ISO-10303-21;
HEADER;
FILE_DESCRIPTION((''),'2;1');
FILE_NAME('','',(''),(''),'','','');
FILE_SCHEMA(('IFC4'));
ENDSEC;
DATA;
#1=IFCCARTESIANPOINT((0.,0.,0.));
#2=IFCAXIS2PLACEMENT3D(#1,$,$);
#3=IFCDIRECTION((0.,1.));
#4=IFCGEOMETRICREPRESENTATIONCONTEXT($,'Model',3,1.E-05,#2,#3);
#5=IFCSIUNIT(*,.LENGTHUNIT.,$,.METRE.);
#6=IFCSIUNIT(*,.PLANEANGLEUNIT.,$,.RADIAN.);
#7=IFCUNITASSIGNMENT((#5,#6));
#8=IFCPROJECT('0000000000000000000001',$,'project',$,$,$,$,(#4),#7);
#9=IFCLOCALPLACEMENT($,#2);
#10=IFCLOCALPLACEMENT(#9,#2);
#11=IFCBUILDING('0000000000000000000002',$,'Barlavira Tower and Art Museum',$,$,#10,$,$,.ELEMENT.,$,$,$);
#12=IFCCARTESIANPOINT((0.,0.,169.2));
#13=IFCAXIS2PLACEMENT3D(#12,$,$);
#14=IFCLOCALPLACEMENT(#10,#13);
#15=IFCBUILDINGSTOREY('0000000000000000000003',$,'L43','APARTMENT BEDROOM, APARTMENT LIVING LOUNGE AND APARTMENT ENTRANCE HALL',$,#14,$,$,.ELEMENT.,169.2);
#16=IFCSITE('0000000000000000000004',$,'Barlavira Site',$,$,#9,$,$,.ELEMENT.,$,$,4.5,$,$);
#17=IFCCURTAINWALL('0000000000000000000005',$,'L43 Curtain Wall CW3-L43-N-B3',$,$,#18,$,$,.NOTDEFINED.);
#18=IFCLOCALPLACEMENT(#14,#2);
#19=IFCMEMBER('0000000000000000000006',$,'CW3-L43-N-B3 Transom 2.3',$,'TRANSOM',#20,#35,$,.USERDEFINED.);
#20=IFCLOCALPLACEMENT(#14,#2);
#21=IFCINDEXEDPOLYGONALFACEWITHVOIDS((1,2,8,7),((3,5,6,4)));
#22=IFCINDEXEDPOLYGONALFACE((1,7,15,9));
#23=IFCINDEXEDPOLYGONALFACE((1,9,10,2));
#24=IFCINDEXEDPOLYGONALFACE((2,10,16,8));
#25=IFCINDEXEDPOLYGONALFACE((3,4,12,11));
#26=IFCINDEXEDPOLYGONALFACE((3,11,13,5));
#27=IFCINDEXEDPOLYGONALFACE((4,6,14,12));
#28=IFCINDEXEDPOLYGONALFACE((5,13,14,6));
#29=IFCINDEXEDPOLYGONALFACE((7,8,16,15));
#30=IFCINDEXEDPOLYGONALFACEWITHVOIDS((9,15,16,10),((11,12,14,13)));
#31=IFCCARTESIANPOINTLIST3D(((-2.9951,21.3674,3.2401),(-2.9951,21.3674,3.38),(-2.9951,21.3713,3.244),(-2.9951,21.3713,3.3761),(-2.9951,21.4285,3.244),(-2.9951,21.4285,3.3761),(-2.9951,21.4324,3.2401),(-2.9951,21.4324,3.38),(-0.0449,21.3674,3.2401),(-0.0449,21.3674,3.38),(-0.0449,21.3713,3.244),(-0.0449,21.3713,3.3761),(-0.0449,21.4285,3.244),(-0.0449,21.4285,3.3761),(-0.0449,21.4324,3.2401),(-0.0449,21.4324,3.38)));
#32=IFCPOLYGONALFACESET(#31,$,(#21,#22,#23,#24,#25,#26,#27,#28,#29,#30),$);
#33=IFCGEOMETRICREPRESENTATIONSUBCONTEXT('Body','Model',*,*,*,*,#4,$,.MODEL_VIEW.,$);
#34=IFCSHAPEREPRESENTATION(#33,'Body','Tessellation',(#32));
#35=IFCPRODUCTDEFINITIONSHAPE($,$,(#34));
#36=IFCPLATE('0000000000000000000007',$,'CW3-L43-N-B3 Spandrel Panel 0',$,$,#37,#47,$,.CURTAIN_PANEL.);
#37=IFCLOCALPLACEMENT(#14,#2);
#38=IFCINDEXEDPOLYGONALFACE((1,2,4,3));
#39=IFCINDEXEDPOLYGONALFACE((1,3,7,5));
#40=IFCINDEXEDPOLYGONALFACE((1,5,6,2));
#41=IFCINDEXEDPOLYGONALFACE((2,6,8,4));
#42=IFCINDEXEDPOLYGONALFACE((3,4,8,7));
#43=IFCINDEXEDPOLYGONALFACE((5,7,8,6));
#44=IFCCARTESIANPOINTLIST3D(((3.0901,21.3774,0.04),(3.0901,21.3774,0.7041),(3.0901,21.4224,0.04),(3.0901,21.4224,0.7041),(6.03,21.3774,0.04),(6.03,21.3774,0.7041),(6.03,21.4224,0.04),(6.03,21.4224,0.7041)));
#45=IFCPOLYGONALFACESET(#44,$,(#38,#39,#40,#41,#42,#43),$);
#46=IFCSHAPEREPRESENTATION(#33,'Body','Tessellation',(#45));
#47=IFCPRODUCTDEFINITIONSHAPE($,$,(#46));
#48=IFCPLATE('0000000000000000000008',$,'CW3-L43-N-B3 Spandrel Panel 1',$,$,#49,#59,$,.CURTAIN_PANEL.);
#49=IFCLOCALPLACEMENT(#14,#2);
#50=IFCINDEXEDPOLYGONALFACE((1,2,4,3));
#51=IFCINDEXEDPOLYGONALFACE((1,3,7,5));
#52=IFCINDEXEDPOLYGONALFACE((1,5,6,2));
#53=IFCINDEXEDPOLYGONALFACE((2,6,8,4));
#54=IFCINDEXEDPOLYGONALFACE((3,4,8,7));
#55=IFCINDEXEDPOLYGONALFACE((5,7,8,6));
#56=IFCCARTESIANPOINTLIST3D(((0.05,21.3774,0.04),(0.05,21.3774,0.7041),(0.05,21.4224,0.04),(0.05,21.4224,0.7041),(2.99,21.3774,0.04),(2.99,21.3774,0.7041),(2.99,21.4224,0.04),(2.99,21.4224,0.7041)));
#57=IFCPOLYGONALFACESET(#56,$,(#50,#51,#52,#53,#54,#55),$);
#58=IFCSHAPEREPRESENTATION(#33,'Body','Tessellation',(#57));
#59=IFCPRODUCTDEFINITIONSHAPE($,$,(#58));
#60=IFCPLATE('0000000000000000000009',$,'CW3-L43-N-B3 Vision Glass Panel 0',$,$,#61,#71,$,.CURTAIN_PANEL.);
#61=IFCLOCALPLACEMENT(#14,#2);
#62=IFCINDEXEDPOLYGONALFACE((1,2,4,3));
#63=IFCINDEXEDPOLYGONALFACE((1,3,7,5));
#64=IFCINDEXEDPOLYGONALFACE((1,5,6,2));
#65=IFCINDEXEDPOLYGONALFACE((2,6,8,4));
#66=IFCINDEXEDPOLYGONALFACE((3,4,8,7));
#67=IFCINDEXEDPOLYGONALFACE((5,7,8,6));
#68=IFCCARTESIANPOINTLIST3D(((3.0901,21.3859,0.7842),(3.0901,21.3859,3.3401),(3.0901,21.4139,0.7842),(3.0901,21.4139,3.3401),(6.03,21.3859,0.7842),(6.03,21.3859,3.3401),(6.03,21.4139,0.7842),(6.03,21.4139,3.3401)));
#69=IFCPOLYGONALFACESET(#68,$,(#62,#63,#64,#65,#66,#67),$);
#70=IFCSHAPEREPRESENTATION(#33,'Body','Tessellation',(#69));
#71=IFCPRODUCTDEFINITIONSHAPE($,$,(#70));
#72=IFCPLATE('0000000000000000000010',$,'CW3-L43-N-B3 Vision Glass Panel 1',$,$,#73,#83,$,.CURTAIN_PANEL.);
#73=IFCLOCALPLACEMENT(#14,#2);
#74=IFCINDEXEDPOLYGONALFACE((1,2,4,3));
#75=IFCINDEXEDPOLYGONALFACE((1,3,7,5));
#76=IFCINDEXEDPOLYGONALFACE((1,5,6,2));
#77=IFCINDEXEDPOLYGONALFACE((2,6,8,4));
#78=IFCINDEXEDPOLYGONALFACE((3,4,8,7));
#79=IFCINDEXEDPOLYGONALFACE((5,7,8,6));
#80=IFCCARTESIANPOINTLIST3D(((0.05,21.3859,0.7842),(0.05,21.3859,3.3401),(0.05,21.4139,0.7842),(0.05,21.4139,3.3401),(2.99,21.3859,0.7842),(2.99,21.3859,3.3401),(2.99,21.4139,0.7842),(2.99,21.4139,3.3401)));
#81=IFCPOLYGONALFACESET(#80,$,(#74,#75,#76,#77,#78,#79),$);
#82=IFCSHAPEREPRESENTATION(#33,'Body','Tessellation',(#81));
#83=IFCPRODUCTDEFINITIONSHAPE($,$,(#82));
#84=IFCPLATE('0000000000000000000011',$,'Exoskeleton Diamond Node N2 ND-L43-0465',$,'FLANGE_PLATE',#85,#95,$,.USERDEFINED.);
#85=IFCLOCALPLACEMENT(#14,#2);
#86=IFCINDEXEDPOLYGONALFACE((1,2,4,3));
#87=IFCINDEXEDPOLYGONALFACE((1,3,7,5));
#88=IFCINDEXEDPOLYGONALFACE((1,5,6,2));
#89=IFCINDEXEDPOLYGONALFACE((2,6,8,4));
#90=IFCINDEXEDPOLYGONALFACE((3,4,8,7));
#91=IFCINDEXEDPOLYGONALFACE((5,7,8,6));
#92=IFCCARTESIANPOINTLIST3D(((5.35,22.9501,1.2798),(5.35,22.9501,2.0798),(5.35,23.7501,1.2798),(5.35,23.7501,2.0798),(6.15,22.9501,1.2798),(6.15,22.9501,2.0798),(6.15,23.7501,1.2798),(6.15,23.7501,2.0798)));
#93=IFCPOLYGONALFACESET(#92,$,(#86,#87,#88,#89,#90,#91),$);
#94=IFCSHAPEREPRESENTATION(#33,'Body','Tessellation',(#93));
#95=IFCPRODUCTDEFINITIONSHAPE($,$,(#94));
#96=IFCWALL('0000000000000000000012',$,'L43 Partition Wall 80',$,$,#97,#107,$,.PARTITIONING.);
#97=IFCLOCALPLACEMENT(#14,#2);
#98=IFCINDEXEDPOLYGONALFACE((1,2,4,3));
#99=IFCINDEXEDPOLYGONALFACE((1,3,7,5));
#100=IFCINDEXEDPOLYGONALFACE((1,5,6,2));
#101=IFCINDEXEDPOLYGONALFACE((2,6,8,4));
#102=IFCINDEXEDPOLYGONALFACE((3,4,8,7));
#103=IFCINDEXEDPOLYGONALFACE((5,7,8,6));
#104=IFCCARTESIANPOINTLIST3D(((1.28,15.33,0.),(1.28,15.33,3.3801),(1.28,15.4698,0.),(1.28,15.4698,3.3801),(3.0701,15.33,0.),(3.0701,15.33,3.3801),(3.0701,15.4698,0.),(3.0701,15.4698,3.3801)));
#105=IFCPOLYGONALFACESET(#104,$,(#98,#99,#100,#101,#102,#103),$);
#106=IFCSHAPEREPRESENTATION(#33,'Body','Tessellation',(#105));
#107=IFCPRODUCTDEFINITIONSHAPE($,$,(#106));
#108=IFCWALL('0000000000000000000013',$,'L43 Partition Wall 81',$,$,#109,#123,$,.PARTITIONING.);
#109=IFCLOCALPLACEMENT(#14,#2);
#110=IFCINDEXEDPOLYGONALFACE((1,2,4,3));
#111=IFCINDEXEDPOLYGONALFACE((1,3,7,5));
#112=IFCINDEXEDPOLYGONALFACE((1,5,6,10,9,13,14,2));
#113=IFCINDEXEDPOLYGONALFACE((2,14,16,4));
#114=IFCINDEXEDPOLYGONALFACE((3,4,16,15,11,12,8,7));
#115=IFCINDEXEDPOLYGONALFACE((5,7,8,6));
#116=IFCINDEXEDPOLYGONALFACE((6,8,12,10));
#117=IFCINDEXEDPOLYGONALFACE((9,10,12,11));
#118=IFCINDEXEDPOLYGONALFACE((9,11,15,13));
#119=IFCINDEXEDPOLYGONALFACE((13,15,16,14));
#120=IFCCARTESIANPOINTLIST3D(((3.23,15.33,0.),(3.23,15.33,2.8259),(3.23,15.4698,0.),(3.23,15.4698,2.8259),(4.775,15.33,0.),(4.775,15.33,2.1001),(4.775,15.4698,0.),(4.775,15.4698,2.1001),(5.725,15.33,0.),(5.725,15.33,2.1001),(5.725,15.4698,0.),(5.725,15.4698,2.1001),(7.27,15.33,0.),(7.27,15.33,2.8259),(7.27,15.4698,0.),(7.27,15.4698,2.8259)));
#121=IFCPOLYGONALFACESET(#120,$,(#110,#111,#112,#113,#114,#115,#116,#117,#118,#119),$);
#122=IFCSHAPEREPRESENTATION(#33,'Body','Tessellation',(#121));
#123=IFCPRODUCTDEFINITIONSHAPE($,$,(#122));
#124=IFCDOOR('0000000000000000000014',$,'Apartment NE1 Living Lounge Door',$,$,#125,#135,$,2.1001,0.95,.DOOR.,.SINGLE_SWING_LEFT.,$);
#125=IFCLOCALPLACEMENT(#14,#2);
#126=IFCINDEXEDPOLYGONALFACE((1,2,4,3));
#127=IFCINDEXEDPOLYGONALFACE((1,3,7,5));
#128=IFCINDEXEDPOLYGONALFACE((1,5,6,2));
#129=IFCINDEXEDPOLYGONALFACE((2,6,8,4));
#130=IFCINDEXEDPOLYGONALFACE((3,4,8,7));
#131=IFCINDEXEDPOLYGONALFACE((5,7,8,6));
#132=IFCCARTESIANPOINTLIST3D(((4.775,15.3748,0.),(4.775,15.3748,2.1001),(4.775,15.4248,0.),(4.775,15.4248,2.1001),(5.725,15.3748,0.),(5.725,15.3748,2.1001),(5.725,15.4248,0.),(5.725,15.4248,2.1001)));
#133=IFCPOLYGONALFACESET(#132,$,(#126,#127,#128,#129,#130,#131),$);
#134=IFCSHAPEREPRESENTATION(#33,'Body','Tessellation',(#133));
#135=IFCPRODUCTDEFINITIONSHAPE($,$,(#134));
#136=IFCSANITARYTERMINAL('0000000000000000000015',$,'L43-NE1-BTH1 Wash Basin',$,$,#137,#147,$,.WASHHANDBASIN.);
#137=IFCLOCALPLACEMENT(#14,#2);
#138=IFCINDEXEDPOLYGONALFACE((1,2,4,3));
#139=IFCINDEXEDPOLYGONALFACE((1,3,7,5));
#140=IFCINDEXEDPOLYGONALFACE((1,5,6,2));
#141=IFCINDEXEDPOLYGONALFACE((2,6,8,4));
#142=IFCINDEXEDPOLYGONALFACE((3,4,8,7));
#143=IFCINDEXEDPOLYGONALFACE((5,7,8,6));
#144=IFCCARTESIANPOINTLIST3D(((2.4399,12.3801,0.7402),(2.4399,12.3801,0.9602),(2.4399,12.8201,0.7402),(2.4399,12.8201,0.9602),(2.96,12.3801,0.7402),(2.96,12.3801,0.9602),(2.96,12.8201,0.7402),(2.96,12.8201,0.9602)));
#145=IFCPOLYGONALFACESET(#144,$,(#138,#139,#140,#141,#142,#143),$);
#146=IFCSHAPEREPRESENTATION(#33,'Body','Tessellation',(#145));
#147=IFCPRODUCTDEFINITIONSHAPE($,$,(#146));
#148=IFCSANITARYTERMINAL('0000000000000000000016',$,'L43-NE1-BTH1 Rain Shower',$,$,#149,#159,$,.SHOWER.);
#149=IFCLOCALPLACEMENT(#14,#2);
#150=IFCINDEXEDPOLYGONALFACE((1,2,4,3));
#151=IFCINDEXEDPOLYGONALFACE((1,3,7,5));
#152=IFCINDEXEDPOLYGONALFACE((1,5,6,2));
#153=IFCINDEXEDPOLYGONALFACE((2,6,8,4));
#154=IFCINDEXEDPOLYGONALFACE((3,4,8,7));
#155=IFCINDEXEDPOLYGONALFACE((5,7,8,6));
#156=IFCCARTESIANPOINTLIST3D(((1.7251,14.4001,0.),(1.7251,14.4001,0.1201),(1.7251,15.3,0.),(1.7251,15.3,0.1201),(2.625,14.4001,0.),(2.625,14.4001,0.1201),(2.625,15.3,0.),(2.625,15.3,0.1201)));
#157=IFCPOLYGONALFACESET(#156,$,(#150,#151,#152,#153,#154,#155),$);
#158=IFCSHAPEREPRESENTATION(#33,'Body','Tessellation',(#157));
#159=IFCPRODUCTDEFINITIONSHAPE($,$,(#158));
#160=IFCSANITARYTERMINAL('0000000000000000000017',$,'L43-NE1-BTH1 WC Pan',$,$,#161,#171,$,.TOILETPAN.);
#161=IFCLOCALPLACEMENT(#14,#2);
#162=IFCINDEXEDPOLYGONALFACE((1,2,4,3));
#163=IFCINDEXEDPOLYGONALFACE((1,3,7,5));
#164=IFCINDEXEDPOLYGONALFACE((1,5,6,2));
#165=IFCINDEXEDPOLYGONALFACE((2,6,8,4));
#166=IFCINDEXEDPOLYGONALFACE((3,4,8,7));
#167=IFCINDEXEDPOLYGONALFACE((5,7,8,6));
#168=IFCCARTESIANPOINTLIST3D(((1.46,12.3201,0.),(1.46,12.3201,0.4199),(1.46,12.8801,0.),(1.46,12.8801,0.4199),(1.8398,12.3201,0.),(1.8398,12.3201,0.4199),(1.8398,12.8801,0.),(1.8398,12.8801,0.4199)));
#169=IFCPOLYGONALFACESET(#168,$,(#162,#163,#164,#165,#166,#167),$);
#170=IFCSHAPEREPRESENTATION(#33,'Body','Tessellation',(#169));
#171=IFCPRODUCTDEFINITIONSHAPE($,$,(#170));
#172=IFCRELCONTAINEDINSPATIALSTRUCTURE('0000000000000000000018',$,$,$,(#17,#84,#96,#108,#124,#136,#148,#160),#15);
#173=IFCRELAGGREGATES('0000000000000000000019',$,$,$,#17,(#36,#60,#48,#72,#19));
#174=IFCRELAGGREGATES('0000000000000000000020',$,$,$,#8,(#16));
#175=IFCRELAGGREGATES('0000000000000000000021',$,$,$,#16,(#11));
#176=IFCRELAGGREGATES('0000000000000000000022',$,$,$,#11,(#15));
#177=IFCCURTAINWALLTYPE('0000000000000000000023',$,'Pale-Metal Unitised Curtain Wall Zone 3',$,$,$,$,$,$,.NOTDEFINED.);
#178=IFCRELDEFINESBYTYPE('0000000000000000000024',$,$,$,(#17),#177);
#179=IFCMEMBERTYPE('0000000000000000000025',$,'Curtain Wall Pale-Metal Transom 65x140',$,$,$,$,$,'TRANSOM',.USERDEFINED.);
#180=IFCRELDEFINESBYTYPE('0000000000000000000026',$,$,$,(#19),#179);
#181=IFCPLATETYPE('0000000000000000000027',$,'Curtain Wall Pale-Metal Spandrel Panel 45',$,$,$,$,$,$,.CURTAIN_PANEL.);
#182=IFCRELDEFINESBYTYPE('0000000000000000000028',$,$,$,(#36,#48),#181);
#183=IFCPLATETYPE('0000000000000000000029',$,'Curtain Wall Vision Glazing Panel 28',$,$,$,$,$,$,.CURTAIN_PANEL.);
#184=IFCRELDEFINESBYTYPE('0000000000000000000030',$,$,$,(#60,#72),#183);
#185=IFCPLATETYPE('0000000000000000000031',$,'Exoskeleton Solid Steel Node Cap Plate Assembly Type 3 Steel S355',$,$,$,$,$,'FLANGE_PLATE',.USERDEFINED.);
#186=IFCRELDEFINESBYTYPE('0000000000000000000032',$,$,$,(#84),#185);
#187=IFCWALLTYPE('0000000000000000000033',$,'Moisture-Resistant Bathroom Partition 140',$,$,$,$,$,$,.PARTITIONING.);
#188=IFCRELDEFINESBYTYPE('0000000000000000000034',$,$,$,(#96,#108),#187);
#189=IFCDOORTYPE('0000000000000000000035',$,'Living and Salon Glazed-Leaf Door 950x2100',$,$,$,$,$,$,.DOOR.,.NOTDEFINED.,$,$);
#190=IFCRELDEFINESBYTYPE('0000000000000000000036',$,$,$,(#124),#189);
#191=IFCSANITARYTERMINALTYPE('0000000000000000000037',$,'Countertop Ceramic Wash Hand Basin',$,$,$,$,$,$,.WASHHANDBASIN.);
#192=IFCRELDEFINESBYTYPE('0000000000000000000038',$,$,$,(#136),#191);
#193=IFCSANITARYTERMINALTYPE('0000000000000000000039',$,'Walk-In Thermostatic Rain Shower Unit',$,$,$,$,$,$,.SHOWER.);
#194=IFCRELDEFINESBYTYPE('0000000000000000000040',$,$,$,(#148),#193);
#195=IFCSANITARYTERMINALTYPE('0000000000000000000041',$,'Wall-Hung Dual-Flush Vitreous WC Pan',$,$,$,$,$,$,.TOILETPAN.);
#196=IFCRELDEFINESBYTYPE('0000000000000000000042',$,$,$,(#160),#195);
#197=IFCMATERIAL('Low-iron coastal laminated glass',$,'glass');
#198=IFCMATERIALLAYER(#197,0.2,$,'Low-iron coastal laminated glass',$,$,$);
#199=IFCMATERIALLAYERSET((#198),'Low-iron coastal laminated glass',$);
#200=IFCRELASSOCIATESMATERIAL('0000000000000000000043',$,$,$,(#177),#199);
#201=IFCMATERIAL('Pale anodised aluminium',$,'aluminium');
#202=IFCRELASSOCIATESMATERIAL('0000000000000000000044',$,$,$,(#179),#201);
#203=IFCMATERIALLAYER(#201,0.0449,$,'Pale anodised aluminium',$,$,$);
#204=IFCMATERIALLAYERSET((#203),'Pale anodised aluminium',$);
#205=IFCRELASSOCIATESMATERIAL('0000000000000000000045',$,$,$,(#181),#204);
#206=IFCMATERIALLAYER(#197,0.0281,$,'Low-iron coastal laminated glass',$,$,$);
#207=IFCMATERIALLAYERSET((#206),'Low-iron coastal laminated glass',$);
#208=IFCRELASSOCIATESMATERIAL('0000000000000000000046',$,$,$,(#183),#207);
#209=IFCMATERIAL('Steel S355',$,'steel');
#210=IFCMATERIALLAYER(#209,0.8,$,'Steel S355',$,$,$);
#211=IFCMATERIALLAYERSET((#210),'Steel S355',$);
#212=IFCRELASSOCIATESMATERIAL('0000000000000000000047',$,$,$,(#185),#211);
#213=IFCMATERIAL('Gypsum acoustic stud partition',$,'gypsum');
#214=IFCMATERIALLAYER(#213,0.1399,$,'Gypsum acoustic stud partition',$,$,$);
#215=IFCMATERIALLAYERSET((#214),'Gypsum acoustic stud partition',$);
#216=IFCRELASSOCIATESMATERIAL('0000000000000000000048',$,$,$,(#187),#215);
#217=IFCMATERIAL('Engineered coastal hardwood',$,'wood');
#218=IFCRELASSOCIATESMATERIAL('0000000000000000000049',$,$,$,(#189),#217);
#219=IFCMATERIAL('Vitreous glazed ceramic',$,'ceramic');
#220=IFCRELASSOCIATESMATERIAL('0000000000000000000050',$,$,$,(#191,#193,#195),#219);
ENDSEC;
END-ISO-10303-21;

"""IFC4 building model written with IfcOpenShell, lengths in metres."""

from ifc_helpers import new_model, si_unit, direction, frame, frame_2d, origin, origin_2d, place, context, subcontext, project, spatial, rectangle, hollow_rectangle, extrude, material, layer, layer_set, material_profile, profile_set, type_object, element, fill, aggregate, save


model = new_model("IFC4")

# Units and contexts
model_context = context("Model", 3, precision=1e-05, world=origin(), true_north=direction((0.0, 1.0)))
body_context = subcontext(model_context, "Body", "Model", "MODEL_VIEW")
ifc_project = project(units=[si_unit("LENGTHUNIT", "METRE"), si_unit("PLANEANGLEUNIT", "RADIAN")], contexts=[model_context])

# Site, building, storey
site_placement = place(None, origin())
site = spatial("IfcSite", under=ifc_project, at=site_placement, Name="Barlavira Site", CompositionType="ELEMENT", RefElevation=4.5)
building_placement = place(site_placement, origin())
building = spatial("IfcBuilding", under=site, at=building_placement, Name="Barlavira Tower and Art Museum", CompositionType="ELEMENT")
storey_placement = place(building_placement, frame((0.0, 0.0, 169.2)))
storey = spatial("IfcBuildingStorey", under=building, at=storey_placement, Name="L43", Description="APARTMENT BEDROOM, APARTMENT LIVING LOUNGE AND APARTMENT ENTRANCE HALL", CompositionType="ELEMENT", Elevation=169.2)

# Curtain wall, member, plates
ifc_material_1 = material(Name="Low-iron coastal laminated glass", Category="glass")
ifc_layer_1 = layer(ifc_material_1, 0.2, Name="Low-iron coastal laminated glass")
ifc_layer_set_1 = layer_set([ifc_layer_1], Name="Low-iron coastal laminated glass")
curtain_wall_type = type_object("IfcCurtainWallType", Name="Pale-Metal Unitised Curtain Wall Zone 3", PredefinedType="NOTDEFINED", material=ifc_layer_set_1)
curtain_wall_placement = place(storey_placement, origin())
curtain_wall = element("IfcCurtainWall", 1, at=curtain_wall_placement, inside=storey, type_object=curtain_wall_type, Name="L43 Curtain Wall CW3-L43-N-B3", PredefinedType="NOTDEFINED")
ifc_material_2 = material(Name="Pale anodised aluminium", Category="aluminium")
ifc_material_profile_1 = material_profile(ifc_material_2, hollow_rectangle(XDim=0.0649, YDim=0.1399, WallThickness=0.0039, at=origin_2d()), Name="ALU-TRAN 65x140x4")
ifc_profile_set_1 = profile_set([ifc_material_profile_1], Name="Pale anodised aluminium")
member_type_1 = type_object("IfcMemberType", Name="Curtain Wall Pale-Metal Transom 65x140", ElementType="TRANSOM", PredefinedType="USERDEFINED", material=ifc_profile_set_1)
member_1_placement = place(storey_placement, frame((-0.0449, 21.3999, 3.3101), z_axis=(-1.0, 0.0, 0.0), x_axis=(0.0, -1.0, 0.0)))
member_1 = element("IfcMember", 2, at=member_1_placement, type_object=member_type_1, Name="CW3-L43-N-B3 Transom 2.3", ObjectType="TRANSOM", PredefinedType="USERDEFINED", context=body_context, shape_type="SweptSolid", body=[
    extrude(hollow_rectangle(XDim=0.0649, YDim=0.1399, WallThickness=0.0039, at=origin_2d()), origin(), (0.0, 0.0, 1.0), 2.9502),
])
ifc_layer_2 = layer(ifc_material_2, 0.0449, Name="Pale anodised aluminium")
ifc_layer_set_2 = layer_set([ifc_layer_2], Name="Pale anodised aluminium")
plate_type_1 = type_object("IfcPlateType", Name="Curtain Wall Pale-Metal Spandrel Panel 45", PredefinedType="CURTAIN_PANEL", material=ifc_layer_set_2)
plate_1_placement = place(storey_placement, frame((4.5601, 21.3999, 0.04), z_axis=(0.0, 0.0, 1.0), x_axis=(-1.0, 0.0, 0.0)))
plate_1 = element("IfcPlate", 3, at=plate_1_placement, type_object=plate_type_1, Name="CW3-L43-N-B3 Spandrel Panel 0", PredefinedType="CURTAIN_PANEL", context=body_context, shape_type="SweptSolid", body=[
    extrude(rectangle(XDim=2.9399, YDim=0.0449, at=origin_2d()), origin(), (0.0, 0.0, 1.0), 0.6641),
])
plate_2_placement = place(storey_placement, frame((1.52, 21.3999, 0.04), z_axis=(0.0, 0.0, 1.0), x_axis=(-1.0, 0.0, 0.0)))
plate_2 = element("IfcPlate", 4, at=plate_2_placement, type_object=plate_type_1, Name="CW3-L43-N-B3 Spandrel Panel 1", PredefinedType="CURTAIN_PANEL", context=body_context, shape_type="SweptSolid", body=[
    extrude(rectangle(XDim=2.9399, YDim=0.0449, at=origin_2d()), origin(), (0.0, 0.0, 1.0), 0.6641),
])
ifc_layer_3 = layer(ifc_material_1, 0.0281, Name="Low-iron coastal laminated glass")
ifc_layer_set_3 = layer_set([ifc_layer_3], Name="Low-iron coastal laminated glass")
plate_type_2 = type_object("IfcPlateType", Name="Curtain Wall Vision Glazing Panel 28", PredefinedType="CURTAIN_PANEL", material=ifc_layer_set_3)
plate_3_placement = place(storey_placement, frame((4.5601, 21.3999, 0.7842), z_axis=(0.0, 0.0, 1.0), x_axis=(-1.0, 0.0, 0.0)))
plate_3 = element("IfcPlate", 5, at=plate_3_placement, type_object=plate_type_2, Name="CW3-L43-N-B3 Vision Glass Panel 0", PredefinedType="CURTAIN_PANEL", context=body_context, shape_type="SweptSolid", body=[
    extrude(rectangle(XDim=2.9399, YDim=0.0281, at=origin_2d()), origin(), (0.0, 0.0, 1.0), 2.5559),
])
plate_4_placement = place(storey_placement, frame((1.52, 21.3999, 0.7842), z_axis=(0.0, 0.0, 1.0), x_axis=(-1.0, 0.0, 0.0)))
plate_4 = element("IfcPlate", 6, at=plate_4_placement, type_object=plate_type_2, Name="CW3-L43-N-B3 Vision Glass Panel 1", PredefinedType="CURTAIN_PANEL", context=body_context, shape_type="SweptSolid", body=[
    extrude(rectangle(XDim=2.9399, YDim=0.0281, at=origin_2d()), origin(), (0.0, 0.0, 1.0), 2.5559),
])
aggregate(curtain_wall, [plate_1, plate_3, plate_2, plate_4, member_1])

# Plate
ifc_material_3 = material(Name="Steel S355", Category="steel")
ifc_layer_4 = layer(ifc_material_3, 0.8, Name="Steel S355")
ifc_layer_set_4 = layer_set([ifc_layer_4], Name="Steel S355")
plate_type_3 = type_object("IfcPlateType", Name="Exoskeleton Solid Steel Node Cap Plate Assembly Type 3 Steel S355", ElementType="FLANGE_PLATE", PredefinedType="USERDEFINED", material=ifc_layer_set_4)
plate_5_placement = place(storey_placement, frame((5.75, 23.3501, 1.2798), z_axis=(0.0, 0.0, 1.0), x_axis=(1.0, 0.0, 0.0)))
element("IfcPlate", 7, at=plate_5_placement, inside=storey, type_object=plate_type_3, Name="Exoskeleton Diamond Node N2 ND-L43-0465", ObjectType="FLANGE_PLATE", PredefinedType="USERDEFINED", context=body_context, shape_type="SweptSolid", body=[
    extrude(rectangle(XDim=0.8, YDim=0.8, at=origin_2d()), origin(), (0.0, 0.0, 1.0), 0.8),
])

# Shared definitions
ifc_material_4 = material(Name="Gypsum acoustic stud partition", Category="gypsum")

# Wall
ifc_layer_5 = layer(ifc_material_4, 0.1399, Name="Gypsum acoustic stud partition")
ifc_layer_set_5 = layer_set([ifc_layer_5], Name="Gypsum acoustic stud partition")
wall_type_1 = type_object("IfcWallType", Name="Moisture-Resistant Bathroom Partition 140", PredefinedType="PARTITIONING", material=ifc_layer_set_5)
wall_1_placement = place(storey_placement, frame((1.28, 15.3999, 0.0), z_axis=(0.0, 0.0, 1.0), x_axis=(1.0, 0.0, 0.0)))
element("IfcWall", 8, at=wall_1_placement, inside=storey, type_object=wall_type_1, Name="L43 Partition Wall 80", PredefinedType="PARTITIONING", context=body_context, shape_type="SweptSolid", body=[
    extrude(rectangle(XDim=1.79, YDim=0.1399, at=frame_2d((0.895, 0.0))), origin(), (0.0, 0.0, 1.0), 3.3801),
])

# Wall, opening, door
wall_2_placement = place(storey_placement, frame((3.23, 15.3999, 0.0), z_axis=(0.0, 0.0, 1.0), x_axis=(1.0, 0.0, 0.0)))
wall_2 = element("IfcWall", 9, at=wall_2_placement, inside=storey, type_object=wall_type_1, Name="L43 Partition Wall 81", PredefinedType="PARTITIONING", context=body_context, shape_type="SweptSolid", body=[
    extrude(rectangle(XDim=4.04, YDim=0.1399, at=frame_2d((2.02, 0.0))), origin(), (0.0, 0.0, 1.0), 2.8259),
])
opening_1_placement = place(wall_2_placement, frame((1.5449, 0.0, 0.0)))
opening_1 = element("IfcOpeningElement", 10, at=opening_1_placement, cuts=wall_2, PredefinedType="OPENING", context=body_context, shape_type="SweptSolid", body=[
    extrude(rectangle(XDim=0.95, YDim=2.1001, at=frame_2d((0.4751, 1.05))), frame((0.0, 0.0801, 0.0), z_axis=(0.0, -1.0, 0.0), x_axis=(1.0, 0.0, 0.0)), (0.0, 0.0, 1.0), 0.1599),
])
ifc_material_5 = material(Name="Engineered coastal hardwood", Category="wood")
door_type_1 = type_object("IfcDoorType", Name="Living and Salon Glazed-Leaf Door 950x2100", OperationType="NOTDEFINED", PredefinedType="DOOR", material=ifc_material_5)
door_1_placement = place(opening_1_placement, origin())
door_1 = element("IfcDoor", 11, at=door_1_placement, inside=storey, type_object=door_type_1, Name="Apartment NE1 Living Lounge Door", OperationType="SINGLE_SWING_LEFT", OverallHeight=2.1001, OverallWidth=0.95, PredefinedType="DOOR", context=body_context, shape_type="SweptSolid", body=[
    extrude(rectangle(XDim=0.95, YDim=2.1001, at=frame_2d((0.4751, 1.05))), frame((0.0, 0.0249, 0.0), z_axis=(0.0, -1.0, 0.0), x_axis=(1.0, 0.0, 0.0)), (0.0, 0.0, 1.0), 0.05),
])
fill(opening_1, door_1)

# Sanitary terminals
ifc_material_6 = material(Name="Vitreous glazed ceramic", Category="ceramic")
sanitary_terminal_type_1 = type_object("IfcSanitaryTerminalType", Name="Countertop Ceramic Wash Hand Basin", PredefinedType="WASHHANDBASIN", material=ifc_material_6)
sanitary_terminal_1_placement = place(storey_placement, frame((2.7, 12.6001, 0.7402), z_axis=(0.0, 0.0, 1.0), x_axis=(1.0, 0.0, 0.0)))
element("IfcSanitaryTerminal", 12, at=sanitary_terminal_1_placement, inside=storey, type_object=sanitary_terminal_type_1, Name="L43-NE1-BTH1 Wash Basin", PredefinedType="WASHHANDBASIN", context=body_context, shape_type="SweptSolid", body=[
    extrude(rectangle(XDim=0.52, YDim=0.4399, at=origin_2d()), origin(), (0.0, 0.0, 1.0), 0.22),
])
sanitary_terminal_type_2 = type_object("IfcSanitaryTerminalType", Name="Walk-In Thermostatic Rain Shower Unit", PredefinedType="SHOWER", material=ifc_material_6)
sanitary_terminal_2_placement = place(storey_placement, frame((2.175, 14.8501, 0.0), z_axis=(0.0, 0.0, 1.0), x_axis=(1.0, 0.0, 0.0)))
element("IfcSanitaryTerminal", 13, at=sanitary_terminal_2_placement, inside=storey, type_object=sanitary_terminal_type_2, Name="L43-NE1-BTH1 Rain Shower", PredefinedType="SHOWER", context=body_context, shape_type="SweptSolid", body=[
    extrude(rectangle(XDim=0.8999, YDim=0.8999, at=origin_2d()), origin(), (0.0, 0.0, 1.0), 0.1201),
])
sanitary_terminal_type_3 = type_object("IfcSanitaryTerminalType", Name="Wall-Hung Dual-Flush Vitreous WC Pan", PredefinedType="TOILETPAN", material=ifc_material_6)
sanitary_terminal_3_placement = place(storey_placement, frame((1.6499, 12.6001, 0.0), z_axis=(0.0, 0.0, 1.0), x_axis=(1.0, 0.0, 0.0)))
element("IfcSanitaryTerminal", 14, at=sanitary_terminal_3_placement, inside=storey, type_object=sanitary_terminal_type_3, Name="L43-NE1-BTH1 WC Pan", PredefinedType="TOILETPAN", context=body_context, shape_type="SweptSolid", body=[
    extrude(rectangle(XDim=0.3799, YDim=0.5601, at=origin_2d()), origin(), (0.0, 0.0, 1.0), 0.4199),
])

save(model, "model.ifc")
